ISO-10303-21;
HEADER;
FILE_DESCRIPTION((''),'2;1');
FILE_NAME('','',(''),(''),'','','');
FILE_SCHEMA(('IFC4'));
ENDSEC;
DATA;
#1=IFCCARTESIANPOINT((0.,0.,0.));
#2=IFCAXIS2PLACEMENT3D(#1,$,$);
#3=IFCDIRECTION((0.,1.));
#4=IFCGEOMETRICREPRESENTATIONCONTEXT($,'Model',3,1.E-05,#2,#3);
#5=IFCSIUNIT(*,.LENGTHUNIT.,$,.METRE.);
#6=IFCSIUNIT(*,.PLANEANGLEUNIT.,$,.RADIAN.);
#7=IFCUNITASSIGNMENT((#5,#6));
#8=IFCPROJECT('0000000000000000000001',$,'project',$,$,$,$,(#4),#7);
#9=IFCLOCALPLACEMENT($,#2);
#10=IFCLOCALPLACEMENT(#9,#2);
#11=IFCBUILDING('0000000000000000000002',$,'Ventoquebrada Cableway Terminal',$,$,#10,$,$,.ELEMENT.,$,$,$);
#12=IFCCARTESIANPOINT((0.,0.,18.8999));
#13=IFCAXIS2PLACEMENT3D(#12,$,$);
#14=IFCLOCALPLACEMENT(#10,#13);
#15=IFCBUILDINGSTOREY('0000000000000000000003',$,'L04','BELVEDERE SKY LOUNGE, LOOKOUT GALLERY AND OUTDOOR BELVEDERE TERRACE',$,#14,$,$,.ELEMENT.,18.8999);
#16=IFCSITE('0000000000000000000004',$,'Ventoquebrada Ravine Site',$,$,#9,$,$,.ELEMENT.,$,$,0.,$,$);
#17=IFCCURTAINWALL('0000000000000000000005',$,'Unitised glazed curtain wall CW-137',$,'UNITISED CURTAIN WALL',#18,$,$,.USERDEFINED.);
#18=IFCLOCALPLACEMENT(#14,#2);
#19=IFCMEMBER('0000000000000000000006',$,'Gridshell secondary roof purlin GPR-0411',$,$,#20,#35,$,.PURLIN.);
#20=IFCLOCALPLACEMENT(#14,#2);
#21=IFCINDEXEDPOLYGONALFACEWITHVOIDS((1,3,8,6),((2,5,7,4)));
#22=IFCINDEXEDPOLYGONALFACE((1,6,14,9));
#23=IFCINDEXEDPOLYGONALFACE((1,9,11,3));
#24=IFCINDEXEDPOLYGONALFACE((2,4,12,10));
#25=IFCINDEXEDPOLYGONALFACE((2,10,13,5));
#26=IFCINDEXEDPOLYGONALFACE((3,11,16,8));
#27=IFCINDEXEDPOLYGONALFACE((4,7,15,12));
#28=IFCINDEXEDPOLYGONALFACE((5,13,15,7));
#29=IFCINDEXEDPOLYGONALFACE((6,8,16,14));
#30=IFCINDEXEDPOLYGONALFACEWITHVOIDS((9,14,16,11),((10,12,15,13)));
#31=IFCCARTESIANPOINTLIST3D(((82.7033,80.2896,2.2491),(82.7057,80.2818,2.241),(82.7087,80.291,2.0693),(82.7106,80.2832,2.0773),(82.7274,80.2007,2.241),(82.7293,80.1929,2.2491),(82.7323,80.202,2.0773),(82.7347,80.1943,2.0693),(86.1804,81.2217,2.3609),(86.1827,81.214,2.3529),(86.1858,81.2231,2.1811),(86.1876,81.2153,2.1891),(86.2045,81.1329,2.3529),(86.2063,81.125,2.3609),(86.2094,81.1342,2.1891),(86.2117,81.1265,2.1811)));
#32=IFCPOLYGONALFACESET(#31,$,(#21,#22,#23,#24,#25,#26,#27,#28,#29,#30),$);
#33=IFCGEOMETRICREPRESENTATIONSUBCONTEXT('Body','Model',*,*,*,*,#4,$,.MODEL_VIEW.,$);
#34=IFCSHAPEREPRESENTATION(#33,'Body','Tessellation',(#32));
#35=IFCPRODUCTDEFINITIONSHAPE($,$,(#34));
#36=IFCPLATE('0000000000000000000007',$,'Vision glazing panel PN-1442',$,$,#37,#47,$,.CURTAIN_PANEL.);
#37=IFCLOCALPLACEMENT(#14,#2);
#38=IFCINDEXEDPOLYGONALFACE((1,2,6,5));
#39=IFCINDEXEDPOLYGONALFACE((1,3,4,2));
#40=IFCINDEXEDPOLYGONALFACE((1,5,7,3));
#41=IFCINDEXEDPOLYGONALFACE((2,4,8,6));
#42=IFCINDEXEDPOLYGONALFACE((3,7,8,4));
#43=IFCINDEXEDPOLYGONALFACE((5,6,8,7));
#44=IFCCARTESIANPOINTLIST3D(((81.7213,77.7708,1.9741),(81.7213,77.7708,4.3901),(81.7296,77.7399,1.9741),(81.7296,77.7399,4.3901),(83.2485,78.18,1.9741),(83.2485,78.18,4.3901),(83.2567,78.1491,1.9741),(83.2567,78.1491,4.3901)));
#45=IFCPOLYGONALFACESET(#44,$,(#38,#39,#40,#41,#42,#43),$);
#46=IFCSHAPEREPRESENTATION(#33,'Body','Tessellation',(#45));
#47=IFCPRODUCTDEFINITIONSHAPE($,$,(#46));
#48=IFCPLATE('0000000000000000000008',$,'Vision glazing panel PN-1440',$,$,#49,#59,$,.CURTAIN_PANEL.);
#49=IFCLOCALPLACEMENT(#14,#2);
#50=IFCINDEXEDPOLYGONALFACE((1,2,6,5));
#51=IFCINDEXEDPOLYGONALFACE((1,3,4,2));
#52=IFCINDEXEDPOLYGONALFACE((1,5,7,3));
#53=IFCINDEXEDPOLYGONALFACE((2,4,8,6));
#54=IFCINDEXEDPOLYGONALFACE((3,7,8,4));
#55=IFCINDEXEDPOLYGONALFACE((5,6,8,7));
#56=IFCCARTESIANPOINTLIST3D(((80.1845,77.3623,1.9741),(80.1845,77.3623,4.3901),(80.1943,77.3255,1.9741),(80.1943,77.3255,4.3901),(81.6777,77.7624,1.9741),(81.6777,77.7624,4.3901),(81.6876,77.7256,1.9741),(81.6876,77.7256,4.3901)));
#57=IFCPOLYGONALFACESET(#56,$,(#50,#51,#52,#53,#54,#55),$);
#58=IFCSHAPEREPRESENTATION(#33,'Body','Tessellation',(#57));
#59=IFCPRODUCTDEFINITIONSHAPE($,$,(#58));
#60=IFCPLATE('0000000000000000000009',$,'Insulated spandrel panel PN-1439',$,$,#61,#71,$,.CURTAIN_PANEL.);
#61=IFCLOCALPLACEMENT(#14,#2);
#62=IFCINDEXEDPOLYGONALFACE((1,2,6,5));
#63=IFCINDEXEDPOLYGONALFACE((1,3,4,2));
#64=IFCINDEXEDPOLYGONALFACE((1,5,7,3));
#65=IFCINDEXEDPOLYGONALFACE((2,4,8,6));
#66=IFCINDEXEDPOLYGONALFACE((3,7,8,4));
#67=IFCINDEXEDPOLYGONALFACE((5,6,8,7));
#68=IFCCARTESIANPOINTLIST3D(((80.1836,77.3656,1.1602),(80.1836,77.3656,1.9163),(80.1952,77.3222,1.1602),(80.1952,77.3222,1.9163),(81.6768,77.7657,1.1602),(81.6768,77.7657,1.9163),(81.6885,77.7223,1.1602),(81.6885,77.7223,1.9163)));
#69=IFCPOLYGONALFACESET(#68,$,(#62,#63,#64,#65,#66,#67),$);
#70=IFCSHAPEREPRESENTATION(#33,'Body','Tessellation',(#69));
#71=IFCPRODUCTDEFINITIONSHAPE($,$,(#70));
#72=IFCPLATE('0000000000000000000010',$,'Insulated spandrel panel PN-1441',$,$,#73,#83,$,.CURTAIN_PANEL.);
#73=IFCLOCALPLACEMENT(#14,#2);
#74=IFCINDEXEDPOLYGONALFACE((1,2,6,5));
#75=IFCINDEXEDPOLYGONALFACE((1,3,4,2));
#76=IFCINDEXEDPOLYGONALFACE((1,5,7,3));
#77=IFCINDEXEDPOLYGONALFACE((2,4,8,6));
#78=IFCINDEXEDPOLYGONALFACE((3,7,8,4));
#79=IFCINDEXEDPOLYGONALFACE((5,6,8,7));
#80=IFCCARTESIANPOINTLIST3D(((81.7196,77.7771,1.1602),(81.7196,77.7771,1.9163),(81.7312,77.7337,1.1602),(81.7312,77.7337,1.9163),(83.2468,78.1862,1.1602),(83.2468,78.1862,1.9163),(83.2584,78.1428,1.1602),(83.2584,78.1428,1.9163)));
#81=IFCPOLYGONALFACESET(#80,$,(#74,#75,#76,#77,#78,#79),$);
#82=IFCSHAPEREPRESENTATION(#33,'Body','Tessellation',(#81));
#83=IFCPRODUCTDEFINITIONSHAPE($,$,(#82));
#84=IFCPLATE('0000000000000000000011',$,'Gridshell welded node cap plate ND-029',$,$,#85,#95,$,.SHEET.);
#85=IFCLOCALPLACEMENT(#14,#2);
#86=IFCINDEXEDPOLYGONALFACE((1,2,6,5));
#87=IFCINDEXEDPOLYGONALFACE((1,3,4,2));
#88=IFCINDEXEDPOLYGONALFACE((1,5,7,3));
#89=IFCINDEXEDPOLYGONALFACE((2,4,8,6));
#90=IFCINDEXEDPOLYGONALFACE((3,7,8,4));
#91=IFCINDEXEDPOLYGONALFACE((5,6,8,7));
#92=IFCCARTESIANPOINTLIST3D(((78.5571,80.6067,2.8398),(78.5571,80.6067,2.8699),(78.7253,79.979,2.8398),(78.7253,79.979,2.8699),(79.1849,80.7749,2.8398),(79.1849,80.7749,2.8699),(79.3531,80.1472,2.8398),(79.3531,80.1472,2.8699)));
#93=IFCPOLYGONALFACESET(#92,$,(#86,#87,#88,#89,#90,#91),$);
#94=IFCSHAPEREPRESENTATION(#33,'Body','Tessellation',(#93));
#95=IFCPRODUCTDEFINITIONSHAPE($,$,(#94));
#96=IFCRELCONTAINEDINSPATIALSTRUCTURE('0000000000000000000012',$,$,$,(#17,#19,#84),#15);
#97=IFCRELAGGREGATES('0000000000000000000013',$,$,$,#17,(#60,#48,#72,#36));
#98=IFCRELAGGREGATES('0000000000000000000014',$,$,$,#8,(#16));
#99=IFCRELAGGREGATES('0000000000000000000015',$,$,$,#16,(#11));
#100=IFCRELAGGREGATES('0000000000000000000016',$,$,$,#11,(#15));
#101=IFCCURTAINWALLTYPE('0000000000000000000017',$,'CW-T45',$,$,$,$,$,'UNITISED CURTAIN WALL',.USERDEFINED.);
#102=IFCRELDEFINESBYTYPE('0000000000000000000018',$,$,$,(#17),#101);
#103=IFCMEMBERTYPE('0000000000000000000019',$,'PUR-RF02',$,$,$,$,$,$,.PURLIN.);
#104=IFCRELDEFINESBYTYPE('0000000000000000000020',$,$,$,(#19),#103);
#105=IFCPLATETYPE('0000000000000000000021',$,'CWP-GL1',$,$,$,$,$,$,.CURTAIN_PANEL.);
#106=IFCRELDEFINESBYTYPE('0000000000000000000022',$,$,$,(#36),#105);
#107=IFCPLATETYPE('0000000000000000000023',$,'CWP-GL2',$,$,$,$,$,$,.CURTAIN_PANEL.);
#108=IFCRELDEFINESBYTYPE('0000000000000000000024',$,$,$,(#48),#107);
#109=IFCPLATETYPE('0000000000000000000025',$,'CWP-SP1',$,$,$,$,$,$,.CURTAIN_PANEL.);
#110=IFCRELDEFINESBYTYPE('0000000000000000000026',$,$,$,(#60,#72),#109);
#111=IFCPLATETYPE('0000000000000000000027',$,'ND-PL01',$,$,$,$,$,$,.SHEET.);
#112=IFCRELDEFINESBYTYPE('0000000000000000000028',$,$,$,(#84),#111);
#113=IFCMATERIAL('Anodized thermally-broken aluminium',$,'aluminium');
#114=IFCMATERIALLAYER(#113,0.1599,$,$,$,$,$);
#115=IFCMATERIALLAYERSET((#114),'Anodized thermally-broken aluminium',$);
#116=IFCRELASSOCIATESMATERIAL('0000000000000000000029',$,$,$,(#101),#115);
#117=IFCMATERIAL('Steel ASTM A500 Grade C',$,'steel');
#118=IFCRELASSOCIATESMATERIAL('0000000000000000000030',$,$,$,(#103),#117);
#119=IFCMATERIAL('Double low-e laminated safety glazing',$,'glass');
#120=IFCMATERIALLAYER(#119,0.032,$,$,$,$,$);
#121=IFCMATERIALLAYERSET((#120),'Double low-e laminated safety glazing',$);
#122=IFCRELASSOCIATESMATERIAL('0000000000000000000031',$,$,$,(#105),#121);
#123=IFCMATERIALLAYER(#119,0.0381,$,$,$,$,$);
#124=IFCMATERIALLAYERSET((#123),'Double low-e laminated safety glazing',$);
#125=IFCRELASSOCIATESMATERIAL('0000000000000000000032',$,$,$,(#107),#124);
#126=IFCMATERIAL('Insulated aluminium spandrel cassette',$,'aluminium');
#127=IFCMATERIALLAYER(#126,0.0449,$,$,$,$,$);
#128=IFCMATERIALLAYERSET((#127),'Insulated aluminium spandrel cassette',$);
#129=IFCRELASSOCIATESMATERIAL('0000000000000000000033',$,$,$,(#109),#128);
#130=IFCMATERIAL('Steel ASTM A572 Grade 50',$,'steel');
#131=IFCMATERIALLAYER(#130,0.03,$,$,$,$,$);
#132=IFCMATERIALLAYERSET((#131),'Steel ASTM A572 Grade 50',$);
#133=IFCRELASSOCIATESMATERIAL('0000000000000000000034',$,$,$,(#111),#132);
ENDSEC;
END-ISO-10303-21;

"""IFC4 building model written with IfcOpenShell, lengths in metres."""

from ifc_helpers import new_model, si_unit, direction, frame, origin, origin_2d, place, context, subcontext, project, spatial, rectangle, hollow_rectangle, extrude, material, layer, layer_set, material_profile, profile_set, type_object, element, aggregate, save


model = new_model("IFC4")

# Units and contexts
model_context = context("Model", 3, precision=1e-05, world=origin(), true_north=direction((0.0, 1.0)))
body_context = subcontext(model_context, "Body", "Model", "MODEL_VIEW")
ifc_project = project(units=[si_unit("LENGTHUNIT", "METRE"), si_unit("PLANEANGLEUNIT", "RADIAN")], contexts=[model_context])

# Site, building, storey
site_placement = place(None, origin())
site = spatial("IfcSite", under=ifc_project, at=site_placement, Name="Ventoquebrada Ravine Site", CompositionType="ELEMENT", RefElevation=0.0)
building_placement = place(site_placement, origin())
building = spatial("IfcBuilding", under=site, at=building_placement, Name="Ventoquebrada Cableway Terminal", CompositionType="ELEMENT")
storey_placement = place(building_placement, frame((0.0, 0.0, 18.8999)))
storey = spatial("IfcBuildingStorey", under=building, at=storey_placement, Name="L04", Description="BELVEDERE SKY LOUNGE, LOOKOUT GALLERY AND OUTDOOR BELVEDERE TERRACE", CompositionType="ELEMENT", Elevation=18.8999)

# Shared definitions
ifc_material_1 = material(Name="Steel ASTM A500 Grade C", Category="steel")

# Shared definitions
ifc_material_2 = material(Name="Anodized thermally-broken aluminium", Category="aluminium")
ifc_layer_1 = layer(ifc_material_2, 0.1599)
ifc_layer_set_1 = layer_set([ifc_layer_1], Name="Anodized thermally-broken aluminium")
curtain_wall_type = type_object("IfcCurtainWallType", Name="CW-T45", ElementType="UNITISED CURTAIN WALL", PredefinedType="USERDEFINED", material=ifc_layer_set_1)

# Curtain wall
curtain_wall_1_placement = place(storey_placement, origin())
curtain_wall_1 = element("IfcCurtainWall", 1, at=curtain_wall_1_placement, inside=storey, type_object=curtain_wall_type, Name="Unitised glazed curtain wall CW-137", ObjectType="UNITISED CURTAIN WALL", PredefinedType="USERDEFINED")

# Member
ifc_material_profile_1 = material_profile(ifc_material_1, hollow_rectangle(XDim=0.1001, YDim=0.1799, WallThickness=0.0081, at=origin_2d()), Name="RHS180X100X8")
ifc_profile_set_1 = profile_set([ifc_material_profile_1], Name="Steel ASTM A500 Grade C")
member_type_1 = type_object("IfcMemberType", Name="PUR-RF02", PredefinedType="PURLIN", material=ifc_profile_set_1)
member_1_placement = place(storey_placement, frame((82.719, 80.2419, 2.1592), z_axis=(0.965429, 0.258812, 0.031047), x_axis=(-0.258937, 0.965894, 0.0)))
element("IfcMember", 2, at=member_1_placement, inside=storey, type_object=member_type_1, Name="Gridshell secondary roof purlin GPR-0411", PredefinedType="PURLIN", context=body_context, shape_type="SweptSolid", body=[
    extrude(hollow_rectangle(XDim=0.1001, YDim=0.1799, WallThickness=0.0081, at=origin_2d()), origin(), (0.0, 0.0, 1.0), 3.6016),
])

# Plates
ifc_material_3 = material(Name="Double low-e laminated safety glazing", Category="glass")
ifc_layer_2 = layer(ifc_material_3, 0.032)
ifc_layer_set_2 = layer_set([ifc_layer_2], Name="Double low-e laminated safety glazing")
plate_type_1 = type_object("IfcPlateType", Name="CWP-GL1", PredefinedType="CURTAIN_PANEL", material=ifc_layer_set_2)
plate_1_placement = place(storey_placement, frame((82.489, 77.96, 1.9741), z_axis=(0.0, 0.0, 1.0), x_axis=(0.965935, 0.258785, 0.0)))
plate_1 = element("IfcPlate", 3, at=plate_1_placement, type_object=plate_type_1, Name="Vision glazing panel PN-1442", PredefinedType="CURTAIN_PANEL", context=body_context, shape_type="SweptSolid", body=[
    extrude(rectangle(XDim=1.5811, YDim=0.032, at=origin_2d()), origin(), (0.0, 0.0, 1.0), 2.416),
])
ifc_layer_3 = layer(ifc_material_3, 0.0381)
ifc_layer_set_3 = layer_set([ifc_layer_3], Name="Double low-e laminated safety glazing")
plate_type_2 = type_object("IfcPlateType", Name="CWP-GL2", PredefinedType="CURTAIN_PANEL", material=ifc_layer_set_3)
plate_2_placement = place(storey_placement, frame((80.936, 77.5439, 1.9741), z_axis=(0.0, 0.0, 1.0), x_axis=(0.965935, 0.258785, 0.0)))
plate_2 = element("IfcPlate", 4, at=plate_2_placement, type_object=plate_type_2, Name="Vision glazing panel PN-1440", PredefinedType="CURTAIN_PANEL", context=body_context, shape_type="SweptSolid", body=[
    extrude(rectangle(XDim=1.5459, YDim=0.0381, at=origin_2d()), origin(), (0.0, 0.0, 1.0), 2.416),
])
ifc_material_4 = material(Name="Insulated aluminium spandrel cassette", Category="aluminium")
ifc_layer_4 = layer(ifc_material_4, 0.0449)
ifc_layer_set_4 = layer_set([ifc_layer_4], Name="Insulated aluminium spandrel cassette")
plate_type_3 = type_object("IfcPlateType", Name="CWP-SP1", PredefinedType="CURTAIN_PANEL", material=ifc_layer_set_4)
plate_3_placement = place(storey_placement, frame((80.936, 77.5439, 1.1602), z_axis=(0.0, 0.0, 1.0), x_axis=(0.965935, 0.258785, 0.0)))
plate_3 = element("IfcPlate", 5, at=plate_3_placement, type_object=plate_type_3, Name="Insulated spandrel panel PN-1439", PredefinedType="CURTAIN_PANEL", context=body_context, shape_type="SweptSolid", body=[
    extrude(rectangle(XDim=1.5459, YDim=0.0449, at=origin_2d()), origin(), (0.0, 0.0, 1.0), 0.7561),
])
plate_4_placement = place(storey_placement, frame((82.489, 77.96, 1.1602), z_axis=(0.0, 0.0, 1.0), x_axis=(0.965935, 0.258785, 0.0)))
plate_4 = element("IfcPlate", 6, at=plate_4_placement, type_object=plate_type_3, Name="Insulated spandrel panel PN-1441", PredefinedType="CURTAIN_PANEL", context=body_context, shape_type="SweptSolid", body=[
    extrude(rectangle(XDim=1.5811, YDim=0.0449, at=origin_2d()), origin(), (0.0, 0.0, 1.0), 0.7561),
])
aggregate(curtain_wall_1, [plate_3, plate_2, plate_4, plate_1])
ifc_material_5 = material(Name="Steel ASTM A572 Grade 50", Category="steel")
ifc_layer_5 = layer(ifc_material_5, 0.03)
ifc_layer_set_5 = layer_set([ifc_layer_5], Name="Steel ASTM A572 Grade 50")
plate_type_4 = type_object("IfcPlateType", Name="ND-PL01", PredefinedType="SHEET", material=ifc_layer_set_5)
plate_5_placement = place(storey_placement, frame((78.9551, 80.377, 2.8398), z_axis=(0.0, 0.0, 1.0), x_axis=(0.965926, 0.258819, 0.0)))
element("IfcPlate", 7, at=plate_5_placement, inside=storey, type_object=plate_type_4, Name="Gridshell welded node cap plate ND-029", PredefinedType="SHEET", context=body_context, shape_type="SweptSolid", body=[
    extrude(rectangle(XDim=0.6499, YDim=0.6499, at=origin_2d()), origin(), (0.0, 0.0, 1.0), 0.03),
])

save(model, "model.ifc")
